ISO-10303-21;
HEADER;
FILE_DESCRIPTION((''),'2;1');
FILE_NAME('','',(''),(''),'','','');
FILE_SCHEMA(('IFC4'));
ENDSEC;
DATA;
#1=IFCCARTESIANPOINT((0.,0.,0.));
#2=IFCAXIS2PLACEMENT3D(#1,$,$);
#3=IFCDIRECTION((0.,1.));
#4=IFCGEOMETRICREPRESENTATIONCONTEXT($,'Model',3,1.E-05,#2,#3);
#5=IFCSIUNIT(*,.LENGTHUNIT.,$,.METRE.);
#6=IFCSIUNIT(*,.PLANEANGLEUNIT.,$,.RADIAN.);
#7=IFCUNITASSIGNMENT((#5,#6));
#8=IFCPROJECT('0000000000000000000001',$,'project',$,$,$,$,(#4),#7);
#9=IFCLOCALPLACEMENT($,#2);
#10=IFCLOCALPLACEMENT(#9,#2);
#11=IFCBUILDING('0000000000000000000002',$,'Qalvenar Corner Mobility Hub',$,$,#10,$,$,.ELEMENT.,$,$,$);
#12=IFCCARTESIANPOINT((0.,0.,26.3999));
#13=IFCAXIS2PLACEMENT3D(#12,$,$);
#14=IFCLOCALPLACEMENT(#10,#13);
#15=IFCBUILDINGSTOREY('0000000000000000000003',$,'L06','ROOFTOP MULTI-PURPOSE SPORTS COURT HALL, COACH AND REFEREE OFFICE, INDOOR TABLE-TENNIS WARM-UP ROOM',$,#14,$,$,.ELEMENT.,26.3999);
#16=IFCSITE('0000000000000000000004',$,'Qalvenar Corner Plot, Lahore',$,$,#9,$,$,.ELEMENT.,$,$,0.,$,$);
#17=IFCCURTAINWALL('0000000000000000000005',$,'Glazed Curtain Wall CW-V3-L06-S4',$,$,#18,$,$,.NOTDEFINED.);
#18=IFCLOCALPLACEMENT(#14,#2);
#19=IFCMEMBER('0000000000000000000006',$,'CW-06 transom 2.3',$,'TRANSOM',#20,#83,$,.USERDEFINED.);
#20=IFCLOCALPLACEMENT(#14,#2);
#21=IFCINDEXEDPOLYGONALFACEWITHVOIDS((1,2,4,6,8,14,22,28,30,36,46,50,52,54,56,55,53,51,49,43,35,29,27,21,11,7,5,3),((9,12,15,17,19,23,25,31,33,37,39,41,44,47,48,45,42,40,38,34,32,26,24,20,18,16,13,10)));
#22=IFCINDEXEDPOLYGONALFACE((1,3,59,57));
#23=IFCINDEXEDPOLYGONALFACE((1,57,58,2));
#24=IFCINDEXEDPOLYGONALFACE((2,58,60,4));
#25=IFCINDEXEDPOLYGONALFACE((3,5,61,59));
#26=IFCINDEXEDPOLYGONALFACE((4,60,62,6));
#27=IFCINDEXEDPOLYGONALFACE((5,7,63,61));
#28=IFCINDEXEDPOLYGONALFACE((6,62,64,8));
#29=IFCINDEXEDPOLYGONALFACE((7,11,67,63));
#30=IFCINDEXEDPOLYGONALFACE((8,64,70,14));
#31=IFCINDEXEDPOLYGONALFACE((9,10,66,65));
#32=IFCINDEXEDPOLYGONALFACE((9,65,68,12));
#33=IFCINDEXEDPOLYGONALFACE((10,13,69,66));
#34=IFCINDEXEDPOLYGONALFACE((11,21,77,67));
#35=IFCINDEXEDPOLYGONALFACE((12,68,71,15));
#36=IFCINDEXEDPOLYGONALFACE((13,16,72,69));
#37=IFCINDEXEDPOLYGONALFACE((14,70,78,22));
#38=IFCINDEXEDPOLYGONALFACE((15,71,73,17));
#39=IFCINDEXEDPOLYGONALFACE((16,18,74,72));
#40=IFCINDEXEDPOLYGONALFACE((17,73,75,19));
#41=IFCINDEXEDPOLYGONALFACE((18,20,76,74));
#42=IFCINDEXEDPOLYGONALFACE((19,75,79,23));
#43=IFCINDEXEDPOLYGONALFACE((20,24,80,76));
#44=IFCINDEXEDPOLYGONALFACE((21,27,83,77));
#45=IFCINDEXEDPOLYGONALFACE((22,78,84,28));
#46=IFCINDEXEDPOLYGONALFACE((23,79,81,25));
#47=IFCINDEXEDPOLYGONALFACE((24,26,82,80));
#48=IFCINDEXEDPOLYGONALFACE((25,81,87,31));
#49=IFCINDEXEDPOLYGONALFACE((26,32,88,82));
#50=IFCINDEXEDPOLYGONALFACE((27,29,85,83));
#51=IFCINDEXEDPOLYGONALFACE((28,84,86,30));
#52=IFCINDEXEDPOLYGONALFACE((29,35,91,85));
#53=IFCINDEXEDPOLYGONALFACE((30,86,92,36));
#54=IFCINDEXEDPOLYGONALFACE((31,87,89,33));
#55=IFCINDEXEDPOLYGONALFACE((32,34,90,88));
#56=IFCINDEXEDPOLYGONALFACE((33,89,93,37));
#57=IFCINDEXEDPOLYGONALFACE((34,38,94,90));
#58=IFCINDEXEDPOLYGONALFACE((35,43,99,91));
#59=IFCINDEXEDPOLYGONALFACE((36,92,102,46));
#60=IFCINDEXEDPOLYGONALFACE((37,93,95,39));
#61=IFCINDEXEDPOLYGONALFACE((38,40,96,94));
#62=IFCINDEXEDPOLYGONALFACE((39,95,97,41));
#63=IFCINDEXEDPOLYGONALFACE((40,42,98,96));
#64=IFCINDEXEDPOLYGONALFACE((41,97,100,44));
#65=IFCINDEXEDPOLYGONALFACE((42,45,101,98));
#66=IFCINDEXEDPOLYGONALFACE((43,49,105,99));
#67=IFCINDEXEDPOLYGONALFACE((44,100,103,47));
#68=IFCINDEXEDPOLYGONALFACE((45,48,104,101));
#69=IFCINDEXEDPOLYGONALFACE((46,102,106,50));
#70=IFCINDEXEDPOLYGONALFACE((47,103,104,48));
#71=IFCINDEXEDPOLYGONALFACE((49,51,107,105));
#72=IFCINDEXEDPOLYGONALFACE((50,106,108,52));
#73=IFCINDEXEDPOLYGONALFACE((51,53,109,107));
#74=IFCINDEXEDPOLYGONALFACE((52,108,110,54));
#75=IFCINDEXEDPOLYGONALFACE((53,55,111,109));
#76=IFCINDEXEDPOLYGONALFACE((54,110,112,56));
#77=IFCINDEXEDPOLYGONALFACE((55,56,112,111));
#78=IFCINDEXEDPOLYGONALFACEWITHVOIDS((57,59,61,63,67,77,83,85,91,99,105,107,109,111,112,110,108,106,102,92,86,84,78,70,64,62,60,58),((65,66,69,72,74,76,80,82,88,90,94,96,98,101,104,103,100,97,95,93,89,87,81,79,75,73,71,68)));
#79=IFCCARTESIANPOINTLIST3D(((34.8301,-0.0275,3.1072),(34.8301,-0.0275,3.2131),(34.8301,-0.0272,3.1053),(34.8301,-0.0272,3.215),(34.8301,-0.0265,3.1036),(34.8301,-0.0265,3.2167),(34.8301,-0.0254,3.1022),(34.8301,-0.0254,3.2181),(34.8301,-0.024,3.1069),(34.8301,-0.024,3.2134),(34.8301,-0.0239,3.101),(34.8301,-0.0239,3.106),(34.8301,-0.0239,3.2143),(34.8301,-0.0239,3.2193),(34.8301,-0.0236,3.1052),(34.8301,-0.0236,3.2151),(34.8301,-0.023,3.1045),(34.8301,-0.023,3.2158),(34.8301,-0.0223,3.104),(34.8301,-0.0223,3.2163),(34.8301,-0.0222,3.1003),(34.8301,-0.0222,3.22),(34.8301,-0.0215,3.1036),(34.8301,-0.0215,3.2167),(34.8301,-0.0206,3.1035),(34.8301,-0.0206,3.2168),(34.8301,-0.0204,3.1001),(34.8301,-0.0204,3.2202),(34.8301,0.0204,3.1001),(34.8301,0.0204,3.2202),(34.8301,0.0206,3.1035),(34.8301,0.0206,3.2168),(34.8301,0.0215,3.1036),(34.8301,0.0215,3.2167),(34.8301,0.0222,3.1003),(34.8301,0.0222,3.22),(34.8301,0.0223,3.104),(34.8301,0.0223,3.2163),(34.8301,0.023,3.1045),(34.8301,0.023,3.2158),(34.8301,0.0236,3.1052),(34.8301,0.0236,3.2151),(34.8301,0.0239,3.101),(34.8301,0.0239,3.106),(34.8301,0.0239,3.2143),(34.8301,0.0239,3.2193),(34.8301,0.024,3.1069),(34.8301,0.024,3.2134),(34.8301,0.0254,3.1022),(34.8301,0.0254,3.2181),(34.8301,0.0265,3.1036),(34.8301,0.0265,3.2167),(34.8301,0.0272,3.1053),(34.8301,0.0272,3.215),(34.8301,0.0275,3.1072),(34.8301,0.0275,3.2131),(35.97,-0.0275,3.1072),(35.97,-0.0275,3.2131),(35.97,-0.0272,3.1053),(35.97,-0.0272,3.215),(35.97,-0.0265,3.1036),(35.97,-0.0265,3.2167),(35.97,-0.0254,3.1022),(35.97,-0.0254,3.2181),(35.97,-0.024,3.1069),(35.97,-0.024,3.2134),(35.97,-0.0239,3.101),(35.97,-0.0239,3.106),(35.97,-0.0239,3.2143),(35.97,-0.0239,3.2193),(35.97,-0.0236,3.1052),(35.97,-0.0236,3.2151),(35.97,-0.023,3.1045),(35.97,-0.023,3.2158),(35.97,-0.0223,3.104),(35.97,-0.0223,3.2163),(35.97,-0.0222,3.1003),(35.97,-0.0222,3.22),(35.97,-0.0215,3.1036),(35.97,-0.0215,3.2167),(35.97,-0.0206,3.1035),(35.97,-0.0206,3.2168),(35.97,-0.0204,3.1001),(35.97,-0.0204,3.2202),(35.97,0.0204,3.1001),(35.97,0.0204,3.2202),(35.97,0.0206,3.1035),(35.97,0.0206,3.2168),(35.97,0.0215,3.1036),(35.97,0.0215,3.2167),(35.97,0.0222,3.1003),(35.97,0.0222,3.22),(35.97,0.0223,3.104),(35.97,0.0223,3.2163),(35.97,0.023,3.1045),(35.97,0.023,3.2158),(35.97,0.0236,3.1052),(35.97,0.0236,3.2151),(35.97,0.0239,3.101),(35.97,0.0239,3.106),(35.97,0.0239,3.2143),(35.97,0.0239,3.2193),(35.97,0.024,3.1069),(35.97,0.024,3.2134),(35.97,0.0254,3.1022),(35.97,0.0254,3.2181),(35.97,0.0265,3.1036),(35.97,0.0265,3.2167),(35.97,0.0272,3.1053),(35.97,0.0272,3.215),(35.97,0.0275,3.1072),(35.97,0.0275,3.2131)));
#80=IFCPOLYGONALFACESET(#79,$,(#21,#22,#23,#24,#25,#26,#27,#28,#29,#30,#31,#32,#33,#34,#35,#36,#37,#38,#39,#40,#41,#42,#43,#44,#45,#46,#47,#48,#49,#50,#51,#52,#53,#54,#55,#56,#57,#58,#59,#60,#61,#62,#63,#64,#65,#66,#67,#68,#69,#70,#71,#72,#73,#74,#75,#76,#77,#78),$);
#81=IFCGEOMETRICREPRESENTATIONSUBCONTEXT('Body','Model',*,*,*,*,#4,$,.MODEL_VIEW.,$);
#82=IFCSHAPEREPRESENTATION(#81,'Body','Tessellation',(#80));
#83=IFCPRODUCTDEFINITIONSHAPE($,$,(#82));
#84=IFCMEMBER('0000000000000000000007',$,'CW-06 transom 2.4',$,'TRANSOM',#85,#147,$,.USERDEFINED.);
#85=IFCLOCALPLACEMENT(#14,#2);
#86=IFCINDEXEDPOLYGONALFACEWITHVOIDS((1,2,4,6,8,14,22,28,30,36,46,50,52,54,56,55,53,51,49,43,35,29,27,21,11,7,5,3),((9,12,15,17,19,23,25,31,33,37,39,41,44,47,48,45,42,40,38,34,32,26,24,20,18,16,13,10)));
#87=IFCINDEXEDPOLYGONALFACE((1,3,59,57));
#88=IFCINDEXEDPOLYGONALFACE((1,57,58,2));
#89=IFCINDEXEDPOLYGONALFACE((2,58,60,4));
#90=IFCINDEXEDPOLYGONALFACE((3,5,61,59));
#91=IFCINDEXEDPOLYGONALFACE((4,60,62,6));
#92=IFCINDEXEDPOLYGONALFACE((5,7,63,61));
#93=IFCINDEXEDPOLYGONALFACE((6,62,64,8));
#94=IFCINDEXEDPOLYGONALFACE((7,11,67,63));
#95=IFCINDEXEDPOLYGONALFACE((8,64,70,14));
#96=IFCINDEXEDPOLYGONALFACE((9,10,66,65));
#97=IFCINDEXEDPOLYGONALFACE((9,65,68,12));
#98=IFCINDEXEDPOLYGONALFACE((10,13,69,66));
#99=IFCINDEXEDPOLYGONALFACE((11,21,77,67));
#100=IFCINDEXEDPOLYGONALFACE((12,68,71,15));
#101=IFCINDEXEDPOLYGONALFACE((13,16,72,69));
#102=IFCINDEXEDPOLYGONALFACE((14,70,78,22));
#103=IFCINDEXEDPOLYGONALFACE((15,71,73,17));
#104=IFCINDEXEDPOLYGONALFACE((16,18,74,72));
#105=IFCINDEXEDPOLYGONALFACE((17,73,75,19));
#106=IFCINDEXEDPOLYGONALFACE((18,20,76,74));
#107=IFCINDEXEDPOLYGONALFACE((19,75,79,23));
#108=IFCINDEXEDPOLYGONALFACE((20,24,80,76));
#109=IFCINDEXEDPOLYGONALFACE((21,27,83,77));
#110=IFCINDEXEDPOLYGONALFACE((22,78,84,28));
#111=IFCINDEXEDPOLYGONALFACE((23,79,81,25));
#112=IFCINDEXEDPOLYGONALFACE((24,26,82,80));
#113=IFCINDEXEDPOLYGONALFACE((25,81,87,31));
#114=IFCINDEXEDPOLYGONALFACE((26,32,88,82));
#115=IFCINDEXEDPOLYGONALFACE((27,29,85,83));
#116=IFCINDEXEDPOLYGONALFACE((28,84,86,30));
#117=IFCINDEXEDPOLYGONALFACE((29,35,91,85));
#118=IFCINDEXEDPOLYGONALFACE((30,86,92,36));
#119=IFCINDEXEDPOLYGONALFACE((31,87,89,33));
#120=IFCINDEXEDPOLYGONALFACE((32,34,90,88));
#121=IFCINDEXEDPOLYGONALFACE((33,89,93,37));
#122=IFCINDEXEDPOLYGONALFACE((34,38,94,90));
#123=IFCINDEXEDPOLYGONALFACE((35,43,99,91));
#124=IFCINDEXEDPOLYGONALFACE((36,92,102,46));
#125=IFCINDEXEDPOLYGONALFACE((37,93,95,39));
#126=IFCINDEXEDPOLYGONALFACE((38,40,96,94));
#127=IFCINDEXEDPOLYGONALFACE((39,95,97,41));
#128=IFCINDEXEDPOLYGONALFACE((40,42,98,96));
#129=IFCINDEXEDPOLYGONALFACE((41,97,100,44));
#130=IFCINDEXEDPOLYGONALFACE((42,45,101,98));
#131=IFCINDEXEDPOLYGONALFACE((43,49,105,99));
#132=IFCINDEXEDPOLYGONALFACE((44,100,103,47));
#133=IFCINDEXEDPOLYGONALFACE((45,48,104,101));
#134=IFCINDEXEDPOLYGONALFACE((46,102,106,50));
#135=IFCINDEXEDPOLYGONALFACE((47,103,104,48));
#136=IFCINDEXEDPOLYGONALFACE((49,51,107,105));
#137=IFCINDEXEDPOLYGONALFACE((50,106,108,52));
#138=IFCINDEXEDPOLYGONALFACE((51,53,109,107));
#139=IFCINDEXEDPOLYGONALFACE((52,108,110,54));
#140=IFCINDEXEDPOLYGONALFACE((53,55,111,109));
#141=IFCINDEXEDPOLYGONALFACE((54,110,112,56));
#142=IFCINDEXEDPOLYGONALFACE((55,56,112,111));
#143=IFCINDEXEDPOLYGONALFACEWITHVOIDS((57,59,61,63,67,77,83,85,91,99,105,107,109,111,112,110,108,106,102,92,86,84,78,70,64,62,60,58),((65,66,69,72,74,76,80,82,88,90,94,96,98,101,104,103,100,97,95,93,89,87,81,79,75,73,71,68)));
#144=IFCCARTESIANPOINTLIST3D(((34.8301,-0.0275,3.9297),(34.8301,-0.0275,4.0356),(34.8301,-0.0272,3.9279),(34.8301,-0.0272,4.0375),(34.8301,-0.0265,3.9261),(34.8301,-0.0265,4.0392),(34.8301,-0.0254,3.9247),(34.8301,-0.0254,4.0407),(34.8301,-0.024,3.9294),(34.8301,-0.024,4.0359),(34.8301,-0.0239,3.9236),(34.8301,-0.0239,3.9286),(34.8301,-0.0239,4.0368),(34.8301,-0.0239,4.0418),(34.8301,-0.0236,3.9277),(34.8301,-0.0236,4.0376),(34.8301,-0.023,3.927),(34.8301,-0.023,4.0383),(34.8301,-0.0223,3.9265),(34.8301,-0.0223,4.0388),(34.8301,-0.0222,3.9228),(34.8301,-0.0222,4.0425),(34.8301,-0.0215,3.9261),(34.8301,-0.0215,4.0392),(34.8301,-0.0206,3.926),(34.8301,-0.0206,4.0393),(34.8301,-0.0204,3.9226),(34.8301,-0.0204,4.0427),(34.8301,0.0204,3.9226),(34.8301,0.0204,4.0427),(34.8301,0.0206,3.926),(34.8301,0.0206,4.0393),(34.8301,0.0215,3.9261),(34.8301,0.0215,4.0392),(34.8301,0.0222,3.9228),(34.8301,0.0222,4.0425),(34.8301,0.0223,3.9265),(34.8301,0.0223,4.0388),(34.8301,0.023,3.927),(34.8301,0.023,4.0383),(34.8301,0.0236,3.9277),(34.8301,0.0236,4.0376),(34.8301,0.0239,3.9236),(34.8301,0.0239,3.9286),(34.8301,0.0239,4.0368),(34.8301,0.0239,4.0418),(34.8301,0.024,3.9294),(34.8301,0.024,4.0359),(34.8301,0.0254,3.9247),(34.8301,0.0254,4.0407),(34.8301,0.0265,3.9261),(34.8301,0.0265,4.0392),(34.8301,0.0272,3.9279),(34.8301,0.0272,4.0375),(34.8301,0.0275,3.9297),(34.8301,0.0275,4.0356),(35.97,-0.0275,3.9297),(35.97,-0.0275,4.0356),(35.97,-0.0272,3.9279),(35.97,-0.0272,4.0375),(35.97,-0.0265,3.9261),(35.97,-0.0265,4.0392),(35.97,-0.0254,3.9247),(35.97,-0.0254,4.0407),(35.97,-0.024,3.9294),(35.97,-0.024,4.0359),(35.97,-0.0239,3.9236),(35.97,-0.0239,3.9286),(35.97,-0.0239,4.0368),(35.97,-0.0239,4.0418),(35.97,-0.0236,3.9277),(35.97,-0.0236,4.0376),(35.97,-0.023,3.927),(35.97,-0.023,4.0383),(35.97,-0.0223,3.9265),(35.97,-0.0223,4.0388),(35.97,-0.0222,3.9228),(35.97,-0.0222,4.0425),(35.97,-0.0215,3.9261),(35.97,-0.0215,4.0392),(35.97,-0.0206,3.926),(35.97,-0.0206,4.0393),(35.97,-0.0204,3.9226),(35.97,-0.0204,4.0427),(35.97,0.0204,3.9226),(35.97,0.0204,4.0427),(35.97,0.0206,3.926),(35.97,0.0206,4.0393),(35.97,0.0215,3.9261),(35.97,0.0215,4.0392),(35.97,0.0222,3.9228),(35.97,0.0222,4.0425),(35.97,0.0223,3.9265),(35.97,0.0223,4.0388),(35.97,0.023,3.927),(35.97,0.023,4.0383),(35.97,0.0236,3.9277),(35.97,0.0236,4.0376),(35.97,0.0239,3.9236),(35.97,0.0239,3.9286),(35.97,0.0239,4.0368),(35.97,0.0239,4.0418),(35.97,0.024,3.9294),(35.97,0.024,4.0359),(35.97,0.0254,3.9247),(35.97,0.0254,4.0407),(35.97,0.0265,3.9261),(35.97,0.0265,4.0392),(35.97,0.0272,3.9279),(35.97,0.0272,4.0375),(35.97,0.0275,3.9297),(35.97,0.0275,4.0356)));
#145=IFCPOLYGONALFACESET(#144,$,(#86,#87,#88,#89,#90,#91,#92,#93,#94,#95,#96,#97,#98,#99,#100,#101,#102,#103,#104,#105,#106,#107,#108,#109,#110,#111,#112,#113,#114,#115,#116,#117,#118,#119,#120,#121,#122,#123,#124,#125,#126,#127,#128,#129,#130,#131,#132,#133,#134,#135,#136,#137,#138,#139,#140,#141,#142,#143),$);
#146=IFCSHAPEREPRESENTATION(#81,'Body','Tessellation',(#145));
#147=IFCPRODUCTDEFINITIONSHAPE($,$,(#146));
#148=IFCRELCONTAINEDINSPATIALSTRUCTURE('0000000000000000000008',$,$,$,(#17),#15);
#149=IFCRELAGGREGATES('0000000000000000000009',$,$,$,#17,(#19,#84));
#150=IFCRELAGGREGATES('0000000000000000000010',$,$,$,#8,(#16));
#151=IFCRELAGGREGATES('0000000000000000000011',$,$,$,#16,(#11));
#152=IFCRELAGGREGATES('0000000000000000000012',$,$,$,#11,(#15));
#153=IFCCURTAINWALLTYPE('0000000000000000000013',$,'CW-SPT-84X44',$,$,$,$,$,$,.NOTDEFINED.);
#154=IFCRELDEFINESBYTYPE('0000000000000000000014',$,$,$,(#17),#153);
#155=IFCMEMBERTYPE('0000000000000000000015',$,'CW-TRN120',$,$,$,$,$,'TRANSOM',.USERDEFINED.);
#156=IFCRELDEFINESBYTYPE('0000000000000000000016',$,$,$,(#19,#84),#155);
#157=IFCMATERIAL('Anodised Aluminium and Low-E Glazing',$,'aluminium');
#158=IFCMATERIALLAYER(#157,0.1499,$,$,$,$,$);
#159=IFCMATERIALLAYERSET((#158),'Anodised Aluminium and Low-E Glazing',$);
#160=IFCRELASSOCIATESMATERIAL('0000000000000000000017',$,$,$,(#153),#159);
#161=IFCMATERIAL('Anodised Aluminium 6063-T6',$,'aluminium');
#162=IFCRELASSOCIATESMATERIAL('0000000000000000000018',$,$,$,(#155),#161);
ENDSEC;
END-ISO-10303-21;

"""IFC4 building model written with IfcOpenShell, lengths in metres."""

from ifc_helpers import new_model, si_unit, direction, frame, origin, origin_2d, place, context, subcontext, project, spatial, hollow_rectangle, extrude, material, layer, layer_set, material_profile, profile_set, type_object, element, aggregate, save


model = new_model("IFC4")

# Units and contexts
model_context = context("Model", 3, precision=1e-05, world=origin(), true_north=direction((0.0, 1.0)))
body_context = subcontext(model_context, "Body", "Model", "MODEL_VIEW")
ifc_project = project(units=[si_unit("LENGTHUNIT", "METRE"), si_unit("PLANEANGLEUNIT", "RADIAN")], contexts=[model_context])

# Site, building, storey
site_placement = place(None, origin())
site = spatial("IfcSite", under=ifc_project, at=site_placement, Name="Qalvenar Corner Plot, Lahore", CompositionType="ELEMENT", RefElevation=0.0)
building_placement = place(site_placement, origin())
building = spatial("IfcBuilding", under=site, at=building_placement, Name="Qalvenar Corner Mobility Hub", CompositionType="ELEMENT")
storey_placement = place(building_placement, frame((0.0, 0.0, 26.3999)))
storey = spatial("IfcBuildingStorey", under=building, at=storey_placement, Name="L06", Description="ROOFTOP MULTI-PURPOSE SPORTS COURT HALL, COACH AND REFEREE OFFICE, INDOOR TABLE-TENNIS WARM-UP ROOM", CompositionType="ELEMENT", Elevation=26.3999)

# Curtain wall, members
ifc_material_1 = material(Name="Anodised Aluminium and Low-E Glazing", Category="aluminium")
ifc_layer_1 = layer(ifc_material_1, 0.1499)
ifc_layer_set_1 = layer_set([ifc_layer_1], Name="Anodised Aluminium and Low-E Glazing")
curtain_wall_type = type_object("IfcCurtainWallType", Name="CW-SPT-84X44", PredefinedType="NOTDEFINED", material=ifc_layer_set_1)
curtain_wall_placement = place(storey_placement, origin())
curtain_wall = element("IfcCurtainWall", 1, at=curtain_wall_placement, inside=storey, type_object=curtain_wall_type, Name="Glazed Curtain Wall CW-V3-L06-S4", PredefinedType="NOTDEFINED")
ifc_material_2 = material(Name="Anodised Aluminium 6063-T6", Category="aluminium")
ifc_material_profile_1 = material_profile(ifc_material_2, hollow_rectangle(XDim=0.0549, YDim=0.1201, WallThickness=0.0034, InnerFilletRadius=0.0034, OuterFilletRadius=0.0071, at=origin_2d()), Name="RHS120x55x3.5")
ifc_profile_set_1 = profile_set([ifc_material_profile_1], Name="Anodised Aluminium 6063-T6")
member_type_1 = type_object("IfcMemberType", Name="CW-TRN120", ElementType="TRANSOM", PredefinedType="USERDEFINED", material=ifc_profile_set_1)
member_1_placement = place(storey_placement, frame((34.8301, 0.0, 3.1602), z_axis=(1.0, 0.0, 0.0), x_axis=(0.0, 1.0, 0.0)))
member_1 = element("IfcMember", 2, at=member_1_placement, type_object=member_type_1, Name="CW-06 transom 2.3", ObjectType="TRANSOM", PredefinedType="USERDEFINED", context=body_context, shape_type="SweptSolid", body=[
    extrude(hollow_rectangle(XDim=0.0549, YDim=0.1201, WallThickness=0.0034, InnerFilletRadius=0.0034, OuterFilletRadius=0.0071, at=origin_2d()), origin(), (0.0, 0.0, 1.0), 1.1399),
])
member_2_placement = place(storey_placement, frame((34.8301, 0.0, 3.9827), z_axis=(1.0, 0.0, 0.0), x_axis=(0.0, 1.0, 0.0)))
member_2 = element("IfcMember", 3, at=member_2_placement, type_object=member_type_1, Name="CW-06 transom 2.4", ObjectType="TRANSOM", PredefinedType="USERDEFINED", context=body_context, shape_type="SweptSolid", body=[
    extrude(hollow_rectangle(XDim=0.0549, YDim=0.1201, WallThickness=0.0034, InnerFilletRadius=0.0034, OuterFilletRadius=0.0071, at=origin_2d()), origin(), (0.0, 0.0, 1.0), 1.1399),
])
aggregate(curtain_wall, [member_1, member_2])

save(model, "model.ifc")
